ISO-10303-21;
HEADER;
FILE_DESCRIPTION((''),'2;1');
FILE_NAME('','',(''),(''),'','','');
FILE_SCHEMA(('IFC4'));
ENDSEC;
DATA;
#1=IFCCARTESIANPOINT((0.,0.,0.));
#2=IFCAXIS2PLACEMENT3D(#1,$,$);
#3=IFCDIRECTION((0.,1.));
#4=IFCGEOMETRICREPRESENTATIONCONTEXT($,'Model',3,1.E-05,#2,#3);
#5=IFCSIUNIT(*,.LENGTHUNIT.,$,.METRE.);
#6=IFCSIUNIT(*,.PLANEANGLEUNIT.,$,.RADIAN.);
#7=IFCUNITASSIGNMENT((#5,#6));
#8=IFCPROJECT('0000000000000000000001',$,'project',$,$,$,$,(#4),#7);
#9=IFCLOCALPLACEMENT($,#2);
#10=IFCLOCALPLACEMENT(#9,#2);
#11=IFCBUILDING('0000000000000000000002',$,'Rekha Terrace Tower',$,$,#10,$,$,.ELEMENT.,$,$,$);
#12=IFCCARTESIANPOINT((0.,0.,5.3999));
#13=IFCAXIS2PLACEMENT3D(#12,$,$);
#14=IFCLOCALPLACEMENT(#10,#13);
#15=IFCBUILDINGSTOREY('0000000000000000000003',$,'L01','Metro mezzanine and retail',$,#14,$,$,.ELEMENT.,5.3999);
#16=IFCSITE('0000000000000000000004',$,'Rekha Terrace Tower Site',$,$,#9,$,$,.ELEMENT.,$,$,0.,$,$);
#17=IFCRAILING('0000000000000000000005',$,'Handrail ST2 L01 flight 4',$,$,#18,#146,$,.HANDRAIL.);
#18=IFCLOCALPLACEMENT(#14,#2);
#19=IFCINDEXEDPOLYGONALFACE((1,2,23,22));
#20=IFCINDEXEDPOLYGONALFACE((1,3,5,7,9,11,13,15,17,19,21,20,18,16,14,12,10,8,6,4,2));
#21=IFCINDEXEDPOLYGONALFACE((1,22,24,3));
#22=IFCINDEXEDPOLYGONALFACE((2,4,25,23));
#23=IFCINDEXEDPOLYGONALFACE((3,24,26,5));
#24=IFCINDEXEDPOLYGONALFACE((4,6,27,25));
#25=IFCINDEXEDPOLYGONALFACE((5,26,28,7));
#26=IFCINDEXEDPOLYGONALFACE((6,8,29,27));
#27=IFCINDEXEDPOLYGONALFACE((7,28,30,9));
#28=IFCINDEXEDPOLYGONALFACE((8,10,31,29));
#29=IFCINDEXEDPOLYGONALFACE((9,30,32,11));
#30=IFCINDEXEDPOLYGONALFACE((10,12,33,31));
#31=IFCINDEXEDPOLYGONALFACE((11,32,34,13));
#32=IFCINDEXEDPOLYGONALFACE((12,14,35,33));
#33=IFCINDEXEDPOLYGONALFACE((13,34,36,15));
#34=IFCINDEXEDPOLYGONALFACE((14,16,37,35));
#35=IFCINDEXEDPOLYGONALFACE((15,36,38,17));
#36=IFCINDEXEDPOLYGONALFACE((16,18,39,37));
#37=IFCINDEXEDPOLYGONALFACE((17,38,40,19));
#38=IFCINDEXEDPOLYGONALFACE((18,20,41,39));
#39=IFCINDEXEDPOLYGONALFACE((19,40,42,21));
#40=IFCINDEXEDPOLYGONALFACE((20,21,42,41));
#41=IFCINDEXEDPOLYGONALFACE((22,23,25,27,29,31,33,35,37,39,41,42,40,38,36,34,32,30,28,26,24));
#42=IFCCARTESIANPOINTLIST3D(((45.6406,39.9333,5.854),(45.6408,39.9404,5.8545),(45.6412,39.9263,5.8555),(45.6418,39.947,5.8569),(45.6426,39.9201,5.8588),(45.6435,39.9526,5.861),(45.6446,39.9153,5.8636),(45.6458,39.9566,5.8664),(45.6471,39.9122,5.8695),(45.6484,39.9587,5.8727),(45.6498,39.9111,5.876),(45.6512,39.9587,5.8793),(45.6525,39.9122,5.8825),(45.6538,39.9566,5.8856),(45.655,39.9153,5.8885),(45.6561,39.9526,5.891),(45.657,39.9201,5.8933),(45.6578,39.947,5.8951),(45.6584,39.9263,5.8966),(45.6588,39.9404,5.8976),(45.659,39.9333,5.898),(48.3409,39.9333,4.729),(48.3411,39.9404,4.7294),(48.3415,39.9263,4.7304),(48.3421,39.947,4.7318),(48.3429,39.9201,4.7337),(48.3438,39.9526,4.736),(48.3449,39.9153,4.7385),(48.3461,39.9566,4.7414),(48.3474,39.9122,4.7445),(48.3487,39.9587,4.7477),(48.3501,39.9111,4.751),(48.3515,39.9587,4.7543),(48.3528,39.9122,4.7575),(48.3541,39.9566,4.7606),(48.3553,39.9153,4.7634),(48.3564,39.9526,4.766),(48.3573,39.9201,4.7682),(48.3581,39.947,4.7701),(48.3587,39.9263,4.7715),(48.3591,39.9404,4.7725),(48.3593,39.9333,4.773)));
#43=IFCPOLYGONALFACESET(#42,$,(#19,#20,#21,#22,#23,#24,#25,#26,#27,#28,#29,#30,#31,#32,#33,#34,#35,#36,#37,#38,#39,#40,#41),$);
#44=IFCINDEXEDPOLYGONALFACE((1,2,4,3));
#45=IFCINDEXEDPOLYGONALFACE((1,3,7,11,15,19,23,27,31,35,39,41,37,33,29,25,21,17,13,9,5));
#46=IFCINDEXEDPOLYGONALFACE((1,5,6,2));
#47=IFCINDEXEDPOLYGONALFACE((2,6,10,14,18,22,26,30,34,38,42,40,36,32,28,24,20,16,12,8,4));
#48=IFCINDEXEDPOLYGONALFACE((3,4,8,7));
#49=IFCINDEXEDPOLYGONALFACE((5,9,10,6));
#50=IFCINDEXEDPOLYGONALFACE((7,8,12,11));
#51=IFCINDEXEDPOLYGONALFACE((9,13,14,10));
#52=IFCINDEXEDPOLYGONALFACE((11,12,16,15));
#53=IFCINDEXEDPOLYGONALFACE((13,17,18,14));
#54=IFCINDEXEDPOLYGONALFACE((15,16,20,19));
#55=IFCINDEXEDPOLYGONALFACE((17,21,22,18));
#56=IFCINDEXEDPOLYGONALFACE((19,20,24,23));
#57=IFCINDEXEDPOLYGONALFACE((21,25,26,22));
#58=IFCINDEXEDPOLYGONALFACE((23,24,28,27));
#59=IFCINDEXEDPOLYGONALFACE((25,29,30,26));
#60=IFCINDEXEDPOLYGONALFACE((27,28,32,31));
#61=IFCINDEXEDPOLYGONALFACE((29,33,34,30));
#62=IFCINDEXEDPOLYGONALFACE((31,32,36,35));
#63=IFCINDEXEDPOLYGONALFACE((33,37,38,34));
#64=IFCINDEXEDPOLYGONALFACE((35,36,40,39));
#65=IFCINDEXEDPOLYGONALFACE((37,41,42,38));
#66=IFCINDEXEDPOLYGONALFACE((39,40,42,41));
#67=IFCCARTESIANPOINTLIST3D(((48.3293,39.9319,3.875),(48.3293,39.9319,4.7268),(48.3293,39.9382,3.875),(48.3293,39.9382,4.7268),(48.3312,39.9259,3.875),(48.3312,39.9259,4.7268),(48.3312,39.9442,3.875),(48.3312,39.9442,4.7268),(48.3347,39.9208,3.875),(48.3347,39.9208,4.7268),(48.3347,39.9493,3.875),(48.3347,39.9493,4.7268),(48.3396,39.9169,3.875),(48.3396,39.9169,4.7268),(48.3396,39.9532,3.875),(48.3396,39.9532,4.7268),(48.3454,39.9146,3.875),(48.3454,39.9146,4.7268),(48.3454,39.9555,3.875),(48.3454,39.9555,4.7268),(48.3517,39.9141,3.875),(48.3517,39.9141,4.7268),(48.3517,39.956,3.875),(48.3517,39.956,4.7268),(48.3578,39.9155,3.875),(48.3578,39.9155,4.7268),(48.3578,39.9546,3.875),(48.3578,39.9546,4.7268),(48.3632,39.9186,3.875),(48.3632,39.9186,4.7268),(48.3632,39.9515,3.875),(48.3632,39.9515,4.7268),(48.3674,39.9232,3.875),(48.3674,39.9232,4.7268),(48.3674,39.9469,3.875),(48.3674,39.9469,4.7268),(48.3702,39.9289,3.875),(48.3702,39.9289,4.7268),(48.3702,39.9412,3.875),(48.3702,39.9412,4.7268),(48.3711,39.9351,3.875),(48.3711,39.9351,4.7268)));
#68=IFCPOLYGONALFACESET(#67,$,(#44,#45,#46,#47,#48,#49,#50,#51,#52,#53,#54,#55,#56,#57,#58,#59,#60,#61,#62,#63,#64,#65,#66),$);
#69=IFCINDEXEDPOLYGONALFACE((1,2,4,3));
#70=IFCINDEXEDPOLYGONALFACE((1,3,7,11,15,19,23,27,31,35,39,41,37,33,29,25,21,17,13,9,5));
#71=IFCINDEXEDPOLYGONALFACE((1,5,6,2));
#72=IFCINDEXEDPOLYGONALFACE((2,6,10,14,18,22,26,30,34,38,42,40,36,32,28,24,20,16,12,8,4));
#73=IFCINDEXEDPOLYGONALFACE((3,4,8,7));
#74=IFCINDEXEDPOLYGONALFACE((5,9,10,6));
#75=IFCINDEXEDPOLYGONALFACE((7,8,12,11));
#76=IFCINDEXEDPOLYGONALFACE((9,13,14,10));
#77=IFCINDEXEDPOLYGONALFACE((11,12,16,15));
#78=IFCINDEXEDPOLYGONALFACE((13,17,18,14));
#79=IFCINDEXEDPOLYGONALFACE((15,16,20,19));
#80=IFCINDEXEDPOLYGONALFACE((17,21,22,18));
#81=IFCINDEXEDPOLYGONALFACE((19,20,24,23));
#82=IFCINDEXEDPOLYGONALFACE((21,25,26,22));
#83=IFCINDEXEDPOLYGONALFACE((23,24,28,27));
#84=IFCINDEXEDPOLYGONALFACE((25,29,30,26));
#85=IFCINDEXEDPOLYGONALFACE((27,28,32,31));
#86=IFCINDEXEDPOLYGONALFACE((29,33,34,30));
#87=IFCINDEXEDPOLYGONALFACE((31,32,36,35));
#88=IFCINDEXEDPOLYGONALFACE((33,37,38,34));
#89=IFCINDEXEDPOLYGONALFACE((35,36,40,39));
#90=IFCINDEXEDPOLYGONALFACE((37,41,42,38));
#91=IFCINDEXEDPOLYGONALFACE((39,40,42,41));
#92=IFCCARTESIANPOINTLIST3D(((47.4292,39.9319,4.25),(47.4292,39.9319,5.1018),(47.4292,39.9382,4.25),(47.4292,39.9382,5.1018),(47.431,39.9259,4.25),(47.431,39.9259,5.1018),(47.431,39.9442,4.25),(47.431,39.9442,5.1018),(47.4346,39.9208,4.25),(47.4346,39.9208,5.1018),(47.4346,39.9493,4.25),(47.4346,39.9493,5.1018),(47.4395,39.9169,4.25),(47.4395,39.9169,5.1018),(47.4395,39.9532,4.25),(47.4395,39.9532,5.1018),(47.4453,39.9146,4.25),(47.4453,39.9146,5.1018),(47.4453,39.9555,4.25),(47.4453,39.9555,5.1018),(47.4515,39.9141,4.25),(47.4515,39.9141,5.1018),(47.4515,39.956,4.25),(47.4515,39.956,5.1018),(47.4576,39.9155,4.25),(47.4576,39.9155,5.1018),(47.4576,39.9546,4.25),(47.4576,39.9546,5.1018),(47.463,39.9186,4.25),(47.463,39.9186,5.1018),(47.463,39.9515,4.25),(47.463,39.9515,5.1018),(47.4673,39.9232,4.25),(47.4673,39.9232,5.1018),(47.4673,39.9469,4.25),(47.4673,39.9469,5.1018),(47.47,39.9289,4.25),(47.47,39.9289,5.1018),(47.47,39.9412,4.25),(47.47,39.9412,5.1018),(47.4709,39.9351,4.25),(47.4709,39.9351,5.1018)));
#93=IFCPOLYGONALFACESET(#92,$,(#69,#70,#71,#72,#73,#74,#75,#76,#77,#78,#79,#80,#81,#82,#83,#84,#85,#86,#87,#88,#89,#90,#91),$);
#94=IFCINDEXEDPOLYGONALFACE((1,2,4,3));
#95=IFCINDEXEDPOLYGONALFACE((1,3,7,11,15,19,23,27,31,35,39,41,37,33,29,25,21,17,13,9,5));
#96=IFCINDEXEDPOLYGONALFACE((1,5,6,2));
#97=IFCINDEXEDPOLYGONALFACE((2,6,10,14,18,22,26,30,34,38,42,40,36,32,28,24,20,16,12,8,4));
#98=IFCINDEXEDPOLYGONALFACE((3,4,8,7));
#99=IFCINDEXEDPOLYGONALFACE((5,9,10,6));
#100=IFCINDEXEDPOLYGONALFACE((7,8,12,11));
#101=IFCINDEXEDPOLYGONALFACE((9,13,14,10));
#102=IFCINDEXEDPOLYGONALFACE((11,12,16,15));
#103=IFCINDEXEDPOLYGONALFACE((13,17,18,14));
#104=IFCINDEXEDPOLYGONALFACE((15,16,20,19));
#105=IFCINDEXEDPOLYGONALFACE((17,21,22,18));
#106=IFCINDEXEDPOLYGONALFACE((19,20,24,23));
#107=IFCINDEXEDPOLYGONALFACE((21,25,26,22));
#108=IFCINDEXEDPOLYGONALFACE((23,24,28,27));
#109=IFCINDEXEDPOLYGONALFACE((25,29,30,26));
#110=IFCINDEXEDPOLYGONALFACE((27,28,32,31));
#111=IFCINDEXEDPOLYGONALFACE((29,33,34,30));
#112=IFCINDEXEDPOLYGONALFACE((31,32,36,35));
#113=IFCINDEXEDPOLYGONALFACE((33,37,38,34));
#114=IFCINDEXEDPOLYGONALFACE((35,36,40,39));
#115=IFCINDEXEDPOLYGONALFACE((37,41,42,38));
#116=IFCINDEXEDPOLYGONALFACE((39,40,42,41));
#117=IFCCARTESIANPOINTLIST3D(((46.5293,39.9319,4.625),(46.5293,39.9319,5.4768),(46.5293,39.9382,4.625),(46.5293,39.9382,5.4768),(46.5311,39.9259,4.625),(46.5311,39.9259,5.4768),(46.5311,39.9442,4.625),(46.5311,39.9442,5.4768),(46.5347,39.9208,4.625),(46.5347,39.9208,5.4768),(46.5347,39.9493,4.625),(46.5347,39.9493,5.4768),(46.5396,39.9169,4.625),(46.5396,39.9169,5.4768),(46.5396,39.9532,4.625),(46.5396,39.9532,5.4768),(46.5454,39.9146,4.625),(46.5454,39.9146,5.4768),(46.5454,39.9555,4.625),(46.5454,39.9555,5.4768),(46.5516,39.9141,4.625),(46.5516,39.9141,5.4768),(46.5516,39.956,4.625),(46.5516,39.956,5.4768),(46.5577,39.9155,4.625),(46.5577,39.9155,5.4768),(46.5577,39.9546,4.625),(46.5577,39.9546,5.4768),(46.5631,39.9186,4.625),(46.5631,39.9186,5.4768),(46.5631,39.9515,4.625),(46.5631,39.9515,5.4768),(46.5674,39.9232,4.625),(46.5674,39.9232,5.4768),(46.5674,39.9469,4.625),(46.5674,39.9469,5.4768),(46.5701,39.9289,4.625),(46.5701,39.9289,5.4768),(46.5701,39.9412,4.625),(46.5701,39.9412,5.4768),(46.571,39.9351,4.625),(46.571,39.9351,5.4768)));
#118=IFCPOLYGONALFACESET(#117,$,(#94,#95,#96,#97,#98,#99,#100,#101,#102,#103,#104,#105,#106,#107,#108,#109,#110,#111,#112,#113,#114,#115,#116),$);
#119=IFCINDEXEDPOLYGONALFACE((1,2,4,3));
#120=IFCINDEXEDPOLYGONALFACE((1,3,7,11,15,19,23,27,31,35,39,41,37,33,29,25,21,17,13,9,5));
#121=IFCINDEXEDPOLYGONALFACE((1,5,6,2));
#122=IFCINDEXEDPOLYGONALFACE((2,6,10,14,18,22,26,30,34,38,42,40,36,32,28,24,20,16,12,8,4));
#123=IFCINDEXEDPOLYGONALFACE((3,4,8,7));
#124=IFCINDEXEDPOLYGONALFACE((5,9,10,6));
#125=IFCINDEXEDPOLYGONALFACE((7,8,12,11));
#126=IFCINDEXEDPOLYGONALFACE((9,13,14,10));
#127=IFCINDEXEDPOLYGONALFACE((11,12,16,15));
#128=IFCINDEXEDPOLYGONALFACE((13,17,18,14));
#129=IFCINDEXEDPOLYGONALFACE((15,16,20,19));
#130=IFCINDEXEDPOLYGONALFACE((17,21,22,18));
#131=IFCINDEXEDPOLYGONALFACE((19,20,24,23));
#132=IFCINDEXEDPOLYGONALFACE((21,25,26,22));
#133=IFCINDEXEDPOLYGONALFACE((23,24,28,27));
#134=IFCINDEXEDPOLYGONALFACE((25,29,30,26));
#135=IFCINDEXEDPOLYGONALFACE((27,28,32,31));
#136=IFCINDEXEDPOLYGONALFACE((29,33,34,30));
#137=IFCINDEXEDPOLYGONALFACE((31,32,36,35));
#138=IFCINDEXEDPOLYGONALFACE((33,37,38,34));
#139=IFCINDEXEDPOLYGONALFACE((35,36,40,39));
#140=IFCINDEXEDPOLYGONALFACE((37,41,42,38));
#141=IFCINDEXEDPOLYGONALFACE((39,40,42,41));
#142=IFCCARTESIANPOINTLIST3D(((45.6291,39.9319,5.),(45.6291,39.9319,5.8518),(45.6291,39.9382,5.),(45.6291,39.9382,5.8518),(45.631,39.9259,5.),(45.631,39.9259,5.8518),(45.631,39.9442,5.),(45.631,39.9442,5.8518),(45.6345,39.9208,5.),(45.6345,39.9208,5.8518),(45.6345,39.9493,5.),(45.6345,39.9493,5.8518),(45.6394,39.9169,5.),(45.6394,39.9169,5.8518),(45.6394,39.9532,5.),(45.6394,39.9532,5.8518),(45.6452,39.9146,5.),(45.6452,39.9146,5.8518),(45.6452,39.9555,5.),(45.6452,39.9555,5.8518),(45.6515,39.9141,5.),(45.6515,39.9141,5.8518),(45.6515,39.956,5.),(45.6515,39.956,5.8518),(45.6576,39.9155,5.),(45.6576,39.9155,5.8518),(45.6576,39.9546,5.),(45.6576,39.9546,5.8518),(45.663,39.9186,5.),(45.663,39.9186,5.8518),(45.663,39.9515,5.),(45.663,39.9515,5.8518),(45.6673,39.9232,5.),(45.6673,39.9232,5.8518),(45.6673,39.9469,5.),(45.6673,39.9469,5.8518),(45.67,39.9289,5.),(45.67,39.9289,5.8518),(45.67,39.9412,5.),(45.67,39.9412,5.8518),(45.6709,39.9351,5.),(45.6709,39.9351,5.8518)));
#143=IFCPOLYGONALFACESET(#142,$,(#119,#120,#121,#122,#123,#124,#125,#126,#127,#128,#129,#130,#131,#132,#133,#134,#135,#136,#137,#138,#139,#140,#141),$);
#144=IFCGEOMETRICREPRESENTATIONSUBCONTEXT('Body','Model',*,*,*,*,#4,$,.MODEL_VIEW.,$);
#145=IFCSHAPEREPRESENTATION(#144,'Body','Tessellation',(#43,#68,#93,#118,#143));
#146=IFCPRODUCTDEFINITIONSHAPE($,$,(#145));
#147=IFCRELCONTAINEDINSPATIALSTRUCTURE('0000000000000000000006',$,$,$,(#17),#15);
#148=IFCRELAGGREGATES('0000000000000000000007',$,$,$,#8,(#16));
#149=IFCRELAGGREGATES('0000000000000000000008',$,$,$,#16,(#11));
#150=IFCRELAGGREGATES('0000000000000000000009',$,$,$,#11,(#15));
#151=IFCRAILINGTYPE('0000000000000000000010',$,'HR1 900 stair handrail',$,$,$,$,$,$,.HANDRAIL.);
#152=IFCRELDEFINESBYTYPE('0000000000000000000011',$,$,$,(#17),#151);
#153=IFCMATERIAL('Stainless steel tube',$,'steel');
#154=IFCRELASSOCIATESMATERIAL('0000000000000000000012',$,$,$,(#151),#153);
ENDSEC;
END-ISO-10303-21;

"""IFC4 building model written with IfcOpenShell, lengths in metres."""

from ifc_helpers import new_model, si_unit, direction, frame, origin, origin_2d, place, context, subcontext, project, spatial, circle, extrude, material, type_object, element, save


model = new_model("IFC4")

# Units and contexts
model_context = context("Model", 3, precision=1e-05, world=origin(), true_north=direction((0.0, 1.0)))
body_context = subcontext(model_context, "Body", "Model", "MODEL_VIEW")
ifc_project = project(units=[si_unit("LENGTHUNIT", "METRE"), si_unit("PLANEANGLEUNIT", "RADIAN")], contexts=[model_context])

# Site, building, storey
site_placement = place(None, origin())
site = spatial("IfcSite", under=ifc_project, at=site_placement, Name="Rekha Terrace Tower Site", CompositionType="ELEMENT", RefElevation=0.0)
building_placement = place(site_placement, origin())
building = spatial("IfcBuilding", under=site, at=building_placement, Name="Rekha Terrace Tower", CompositionType="ELEMENT")
storey_placement = place(building_placement, frame((0.0, 0.0, 5.3999)))
storey = spatial("IfcBuildingStorey", under=building, at=storey_placement, Name="L01", Description="Metro mezzanine and retail", CompositionType="ELEMENT", Elevation=5.3999)

# Railing
ifc_material_1 = material(Name="Stainless steel tube", Category="steel")
railing_type_1 = type_object("IfcRailingType", Name="HR1 900 stair handrail", PredefinedType="HANDRAIL", material=ifc_material_1)
railing_1_placement = place(storey_placement, frame((48.3501, 39.9351, 3.875)))
element("IfcRailing", 1, at=railing_1_placement, inside=storey, type_object=railing_type_1, Name="Handrail ST2 L01 flight 4", PredefinedType="HANDRAIL", context=body_context, shape_type="SweptSolid", body=[
    extrude(circle(Radius=0.0239, at=origin_2d()), frame((0.0, 0.0, 0.876), z_axis=(-0.923087, 0.0, 0.384592), x_axis=(0.0, -1.0, 0.0)), (0.0, 0.0, 1.0), 2.9253),
    extrude(circle(Radius=0.021, at=origin_2d()), origin(), (0.0, 0.0, 1.0), 0.8518),
    extrude(circle(Radius=0.021, at=origin_2d()), frame((-0.9001, 0.0, 0.375)), (0.0, 0.0, 1.0), 0.8518),
    extrude(circle(Radius=0.021, at=origin_2d()), frame((-1.8, 0.0, 0.75)), (0.0, 0.0, 1.0), 0.8518),
    extrude(circle(Radius=0.021, at=origin_2d()), frame((-2.7002, 0.0, 1.125)), (0.0, 0.0, 1.0), 0.8518),
])

save(model, "model.ifc")
